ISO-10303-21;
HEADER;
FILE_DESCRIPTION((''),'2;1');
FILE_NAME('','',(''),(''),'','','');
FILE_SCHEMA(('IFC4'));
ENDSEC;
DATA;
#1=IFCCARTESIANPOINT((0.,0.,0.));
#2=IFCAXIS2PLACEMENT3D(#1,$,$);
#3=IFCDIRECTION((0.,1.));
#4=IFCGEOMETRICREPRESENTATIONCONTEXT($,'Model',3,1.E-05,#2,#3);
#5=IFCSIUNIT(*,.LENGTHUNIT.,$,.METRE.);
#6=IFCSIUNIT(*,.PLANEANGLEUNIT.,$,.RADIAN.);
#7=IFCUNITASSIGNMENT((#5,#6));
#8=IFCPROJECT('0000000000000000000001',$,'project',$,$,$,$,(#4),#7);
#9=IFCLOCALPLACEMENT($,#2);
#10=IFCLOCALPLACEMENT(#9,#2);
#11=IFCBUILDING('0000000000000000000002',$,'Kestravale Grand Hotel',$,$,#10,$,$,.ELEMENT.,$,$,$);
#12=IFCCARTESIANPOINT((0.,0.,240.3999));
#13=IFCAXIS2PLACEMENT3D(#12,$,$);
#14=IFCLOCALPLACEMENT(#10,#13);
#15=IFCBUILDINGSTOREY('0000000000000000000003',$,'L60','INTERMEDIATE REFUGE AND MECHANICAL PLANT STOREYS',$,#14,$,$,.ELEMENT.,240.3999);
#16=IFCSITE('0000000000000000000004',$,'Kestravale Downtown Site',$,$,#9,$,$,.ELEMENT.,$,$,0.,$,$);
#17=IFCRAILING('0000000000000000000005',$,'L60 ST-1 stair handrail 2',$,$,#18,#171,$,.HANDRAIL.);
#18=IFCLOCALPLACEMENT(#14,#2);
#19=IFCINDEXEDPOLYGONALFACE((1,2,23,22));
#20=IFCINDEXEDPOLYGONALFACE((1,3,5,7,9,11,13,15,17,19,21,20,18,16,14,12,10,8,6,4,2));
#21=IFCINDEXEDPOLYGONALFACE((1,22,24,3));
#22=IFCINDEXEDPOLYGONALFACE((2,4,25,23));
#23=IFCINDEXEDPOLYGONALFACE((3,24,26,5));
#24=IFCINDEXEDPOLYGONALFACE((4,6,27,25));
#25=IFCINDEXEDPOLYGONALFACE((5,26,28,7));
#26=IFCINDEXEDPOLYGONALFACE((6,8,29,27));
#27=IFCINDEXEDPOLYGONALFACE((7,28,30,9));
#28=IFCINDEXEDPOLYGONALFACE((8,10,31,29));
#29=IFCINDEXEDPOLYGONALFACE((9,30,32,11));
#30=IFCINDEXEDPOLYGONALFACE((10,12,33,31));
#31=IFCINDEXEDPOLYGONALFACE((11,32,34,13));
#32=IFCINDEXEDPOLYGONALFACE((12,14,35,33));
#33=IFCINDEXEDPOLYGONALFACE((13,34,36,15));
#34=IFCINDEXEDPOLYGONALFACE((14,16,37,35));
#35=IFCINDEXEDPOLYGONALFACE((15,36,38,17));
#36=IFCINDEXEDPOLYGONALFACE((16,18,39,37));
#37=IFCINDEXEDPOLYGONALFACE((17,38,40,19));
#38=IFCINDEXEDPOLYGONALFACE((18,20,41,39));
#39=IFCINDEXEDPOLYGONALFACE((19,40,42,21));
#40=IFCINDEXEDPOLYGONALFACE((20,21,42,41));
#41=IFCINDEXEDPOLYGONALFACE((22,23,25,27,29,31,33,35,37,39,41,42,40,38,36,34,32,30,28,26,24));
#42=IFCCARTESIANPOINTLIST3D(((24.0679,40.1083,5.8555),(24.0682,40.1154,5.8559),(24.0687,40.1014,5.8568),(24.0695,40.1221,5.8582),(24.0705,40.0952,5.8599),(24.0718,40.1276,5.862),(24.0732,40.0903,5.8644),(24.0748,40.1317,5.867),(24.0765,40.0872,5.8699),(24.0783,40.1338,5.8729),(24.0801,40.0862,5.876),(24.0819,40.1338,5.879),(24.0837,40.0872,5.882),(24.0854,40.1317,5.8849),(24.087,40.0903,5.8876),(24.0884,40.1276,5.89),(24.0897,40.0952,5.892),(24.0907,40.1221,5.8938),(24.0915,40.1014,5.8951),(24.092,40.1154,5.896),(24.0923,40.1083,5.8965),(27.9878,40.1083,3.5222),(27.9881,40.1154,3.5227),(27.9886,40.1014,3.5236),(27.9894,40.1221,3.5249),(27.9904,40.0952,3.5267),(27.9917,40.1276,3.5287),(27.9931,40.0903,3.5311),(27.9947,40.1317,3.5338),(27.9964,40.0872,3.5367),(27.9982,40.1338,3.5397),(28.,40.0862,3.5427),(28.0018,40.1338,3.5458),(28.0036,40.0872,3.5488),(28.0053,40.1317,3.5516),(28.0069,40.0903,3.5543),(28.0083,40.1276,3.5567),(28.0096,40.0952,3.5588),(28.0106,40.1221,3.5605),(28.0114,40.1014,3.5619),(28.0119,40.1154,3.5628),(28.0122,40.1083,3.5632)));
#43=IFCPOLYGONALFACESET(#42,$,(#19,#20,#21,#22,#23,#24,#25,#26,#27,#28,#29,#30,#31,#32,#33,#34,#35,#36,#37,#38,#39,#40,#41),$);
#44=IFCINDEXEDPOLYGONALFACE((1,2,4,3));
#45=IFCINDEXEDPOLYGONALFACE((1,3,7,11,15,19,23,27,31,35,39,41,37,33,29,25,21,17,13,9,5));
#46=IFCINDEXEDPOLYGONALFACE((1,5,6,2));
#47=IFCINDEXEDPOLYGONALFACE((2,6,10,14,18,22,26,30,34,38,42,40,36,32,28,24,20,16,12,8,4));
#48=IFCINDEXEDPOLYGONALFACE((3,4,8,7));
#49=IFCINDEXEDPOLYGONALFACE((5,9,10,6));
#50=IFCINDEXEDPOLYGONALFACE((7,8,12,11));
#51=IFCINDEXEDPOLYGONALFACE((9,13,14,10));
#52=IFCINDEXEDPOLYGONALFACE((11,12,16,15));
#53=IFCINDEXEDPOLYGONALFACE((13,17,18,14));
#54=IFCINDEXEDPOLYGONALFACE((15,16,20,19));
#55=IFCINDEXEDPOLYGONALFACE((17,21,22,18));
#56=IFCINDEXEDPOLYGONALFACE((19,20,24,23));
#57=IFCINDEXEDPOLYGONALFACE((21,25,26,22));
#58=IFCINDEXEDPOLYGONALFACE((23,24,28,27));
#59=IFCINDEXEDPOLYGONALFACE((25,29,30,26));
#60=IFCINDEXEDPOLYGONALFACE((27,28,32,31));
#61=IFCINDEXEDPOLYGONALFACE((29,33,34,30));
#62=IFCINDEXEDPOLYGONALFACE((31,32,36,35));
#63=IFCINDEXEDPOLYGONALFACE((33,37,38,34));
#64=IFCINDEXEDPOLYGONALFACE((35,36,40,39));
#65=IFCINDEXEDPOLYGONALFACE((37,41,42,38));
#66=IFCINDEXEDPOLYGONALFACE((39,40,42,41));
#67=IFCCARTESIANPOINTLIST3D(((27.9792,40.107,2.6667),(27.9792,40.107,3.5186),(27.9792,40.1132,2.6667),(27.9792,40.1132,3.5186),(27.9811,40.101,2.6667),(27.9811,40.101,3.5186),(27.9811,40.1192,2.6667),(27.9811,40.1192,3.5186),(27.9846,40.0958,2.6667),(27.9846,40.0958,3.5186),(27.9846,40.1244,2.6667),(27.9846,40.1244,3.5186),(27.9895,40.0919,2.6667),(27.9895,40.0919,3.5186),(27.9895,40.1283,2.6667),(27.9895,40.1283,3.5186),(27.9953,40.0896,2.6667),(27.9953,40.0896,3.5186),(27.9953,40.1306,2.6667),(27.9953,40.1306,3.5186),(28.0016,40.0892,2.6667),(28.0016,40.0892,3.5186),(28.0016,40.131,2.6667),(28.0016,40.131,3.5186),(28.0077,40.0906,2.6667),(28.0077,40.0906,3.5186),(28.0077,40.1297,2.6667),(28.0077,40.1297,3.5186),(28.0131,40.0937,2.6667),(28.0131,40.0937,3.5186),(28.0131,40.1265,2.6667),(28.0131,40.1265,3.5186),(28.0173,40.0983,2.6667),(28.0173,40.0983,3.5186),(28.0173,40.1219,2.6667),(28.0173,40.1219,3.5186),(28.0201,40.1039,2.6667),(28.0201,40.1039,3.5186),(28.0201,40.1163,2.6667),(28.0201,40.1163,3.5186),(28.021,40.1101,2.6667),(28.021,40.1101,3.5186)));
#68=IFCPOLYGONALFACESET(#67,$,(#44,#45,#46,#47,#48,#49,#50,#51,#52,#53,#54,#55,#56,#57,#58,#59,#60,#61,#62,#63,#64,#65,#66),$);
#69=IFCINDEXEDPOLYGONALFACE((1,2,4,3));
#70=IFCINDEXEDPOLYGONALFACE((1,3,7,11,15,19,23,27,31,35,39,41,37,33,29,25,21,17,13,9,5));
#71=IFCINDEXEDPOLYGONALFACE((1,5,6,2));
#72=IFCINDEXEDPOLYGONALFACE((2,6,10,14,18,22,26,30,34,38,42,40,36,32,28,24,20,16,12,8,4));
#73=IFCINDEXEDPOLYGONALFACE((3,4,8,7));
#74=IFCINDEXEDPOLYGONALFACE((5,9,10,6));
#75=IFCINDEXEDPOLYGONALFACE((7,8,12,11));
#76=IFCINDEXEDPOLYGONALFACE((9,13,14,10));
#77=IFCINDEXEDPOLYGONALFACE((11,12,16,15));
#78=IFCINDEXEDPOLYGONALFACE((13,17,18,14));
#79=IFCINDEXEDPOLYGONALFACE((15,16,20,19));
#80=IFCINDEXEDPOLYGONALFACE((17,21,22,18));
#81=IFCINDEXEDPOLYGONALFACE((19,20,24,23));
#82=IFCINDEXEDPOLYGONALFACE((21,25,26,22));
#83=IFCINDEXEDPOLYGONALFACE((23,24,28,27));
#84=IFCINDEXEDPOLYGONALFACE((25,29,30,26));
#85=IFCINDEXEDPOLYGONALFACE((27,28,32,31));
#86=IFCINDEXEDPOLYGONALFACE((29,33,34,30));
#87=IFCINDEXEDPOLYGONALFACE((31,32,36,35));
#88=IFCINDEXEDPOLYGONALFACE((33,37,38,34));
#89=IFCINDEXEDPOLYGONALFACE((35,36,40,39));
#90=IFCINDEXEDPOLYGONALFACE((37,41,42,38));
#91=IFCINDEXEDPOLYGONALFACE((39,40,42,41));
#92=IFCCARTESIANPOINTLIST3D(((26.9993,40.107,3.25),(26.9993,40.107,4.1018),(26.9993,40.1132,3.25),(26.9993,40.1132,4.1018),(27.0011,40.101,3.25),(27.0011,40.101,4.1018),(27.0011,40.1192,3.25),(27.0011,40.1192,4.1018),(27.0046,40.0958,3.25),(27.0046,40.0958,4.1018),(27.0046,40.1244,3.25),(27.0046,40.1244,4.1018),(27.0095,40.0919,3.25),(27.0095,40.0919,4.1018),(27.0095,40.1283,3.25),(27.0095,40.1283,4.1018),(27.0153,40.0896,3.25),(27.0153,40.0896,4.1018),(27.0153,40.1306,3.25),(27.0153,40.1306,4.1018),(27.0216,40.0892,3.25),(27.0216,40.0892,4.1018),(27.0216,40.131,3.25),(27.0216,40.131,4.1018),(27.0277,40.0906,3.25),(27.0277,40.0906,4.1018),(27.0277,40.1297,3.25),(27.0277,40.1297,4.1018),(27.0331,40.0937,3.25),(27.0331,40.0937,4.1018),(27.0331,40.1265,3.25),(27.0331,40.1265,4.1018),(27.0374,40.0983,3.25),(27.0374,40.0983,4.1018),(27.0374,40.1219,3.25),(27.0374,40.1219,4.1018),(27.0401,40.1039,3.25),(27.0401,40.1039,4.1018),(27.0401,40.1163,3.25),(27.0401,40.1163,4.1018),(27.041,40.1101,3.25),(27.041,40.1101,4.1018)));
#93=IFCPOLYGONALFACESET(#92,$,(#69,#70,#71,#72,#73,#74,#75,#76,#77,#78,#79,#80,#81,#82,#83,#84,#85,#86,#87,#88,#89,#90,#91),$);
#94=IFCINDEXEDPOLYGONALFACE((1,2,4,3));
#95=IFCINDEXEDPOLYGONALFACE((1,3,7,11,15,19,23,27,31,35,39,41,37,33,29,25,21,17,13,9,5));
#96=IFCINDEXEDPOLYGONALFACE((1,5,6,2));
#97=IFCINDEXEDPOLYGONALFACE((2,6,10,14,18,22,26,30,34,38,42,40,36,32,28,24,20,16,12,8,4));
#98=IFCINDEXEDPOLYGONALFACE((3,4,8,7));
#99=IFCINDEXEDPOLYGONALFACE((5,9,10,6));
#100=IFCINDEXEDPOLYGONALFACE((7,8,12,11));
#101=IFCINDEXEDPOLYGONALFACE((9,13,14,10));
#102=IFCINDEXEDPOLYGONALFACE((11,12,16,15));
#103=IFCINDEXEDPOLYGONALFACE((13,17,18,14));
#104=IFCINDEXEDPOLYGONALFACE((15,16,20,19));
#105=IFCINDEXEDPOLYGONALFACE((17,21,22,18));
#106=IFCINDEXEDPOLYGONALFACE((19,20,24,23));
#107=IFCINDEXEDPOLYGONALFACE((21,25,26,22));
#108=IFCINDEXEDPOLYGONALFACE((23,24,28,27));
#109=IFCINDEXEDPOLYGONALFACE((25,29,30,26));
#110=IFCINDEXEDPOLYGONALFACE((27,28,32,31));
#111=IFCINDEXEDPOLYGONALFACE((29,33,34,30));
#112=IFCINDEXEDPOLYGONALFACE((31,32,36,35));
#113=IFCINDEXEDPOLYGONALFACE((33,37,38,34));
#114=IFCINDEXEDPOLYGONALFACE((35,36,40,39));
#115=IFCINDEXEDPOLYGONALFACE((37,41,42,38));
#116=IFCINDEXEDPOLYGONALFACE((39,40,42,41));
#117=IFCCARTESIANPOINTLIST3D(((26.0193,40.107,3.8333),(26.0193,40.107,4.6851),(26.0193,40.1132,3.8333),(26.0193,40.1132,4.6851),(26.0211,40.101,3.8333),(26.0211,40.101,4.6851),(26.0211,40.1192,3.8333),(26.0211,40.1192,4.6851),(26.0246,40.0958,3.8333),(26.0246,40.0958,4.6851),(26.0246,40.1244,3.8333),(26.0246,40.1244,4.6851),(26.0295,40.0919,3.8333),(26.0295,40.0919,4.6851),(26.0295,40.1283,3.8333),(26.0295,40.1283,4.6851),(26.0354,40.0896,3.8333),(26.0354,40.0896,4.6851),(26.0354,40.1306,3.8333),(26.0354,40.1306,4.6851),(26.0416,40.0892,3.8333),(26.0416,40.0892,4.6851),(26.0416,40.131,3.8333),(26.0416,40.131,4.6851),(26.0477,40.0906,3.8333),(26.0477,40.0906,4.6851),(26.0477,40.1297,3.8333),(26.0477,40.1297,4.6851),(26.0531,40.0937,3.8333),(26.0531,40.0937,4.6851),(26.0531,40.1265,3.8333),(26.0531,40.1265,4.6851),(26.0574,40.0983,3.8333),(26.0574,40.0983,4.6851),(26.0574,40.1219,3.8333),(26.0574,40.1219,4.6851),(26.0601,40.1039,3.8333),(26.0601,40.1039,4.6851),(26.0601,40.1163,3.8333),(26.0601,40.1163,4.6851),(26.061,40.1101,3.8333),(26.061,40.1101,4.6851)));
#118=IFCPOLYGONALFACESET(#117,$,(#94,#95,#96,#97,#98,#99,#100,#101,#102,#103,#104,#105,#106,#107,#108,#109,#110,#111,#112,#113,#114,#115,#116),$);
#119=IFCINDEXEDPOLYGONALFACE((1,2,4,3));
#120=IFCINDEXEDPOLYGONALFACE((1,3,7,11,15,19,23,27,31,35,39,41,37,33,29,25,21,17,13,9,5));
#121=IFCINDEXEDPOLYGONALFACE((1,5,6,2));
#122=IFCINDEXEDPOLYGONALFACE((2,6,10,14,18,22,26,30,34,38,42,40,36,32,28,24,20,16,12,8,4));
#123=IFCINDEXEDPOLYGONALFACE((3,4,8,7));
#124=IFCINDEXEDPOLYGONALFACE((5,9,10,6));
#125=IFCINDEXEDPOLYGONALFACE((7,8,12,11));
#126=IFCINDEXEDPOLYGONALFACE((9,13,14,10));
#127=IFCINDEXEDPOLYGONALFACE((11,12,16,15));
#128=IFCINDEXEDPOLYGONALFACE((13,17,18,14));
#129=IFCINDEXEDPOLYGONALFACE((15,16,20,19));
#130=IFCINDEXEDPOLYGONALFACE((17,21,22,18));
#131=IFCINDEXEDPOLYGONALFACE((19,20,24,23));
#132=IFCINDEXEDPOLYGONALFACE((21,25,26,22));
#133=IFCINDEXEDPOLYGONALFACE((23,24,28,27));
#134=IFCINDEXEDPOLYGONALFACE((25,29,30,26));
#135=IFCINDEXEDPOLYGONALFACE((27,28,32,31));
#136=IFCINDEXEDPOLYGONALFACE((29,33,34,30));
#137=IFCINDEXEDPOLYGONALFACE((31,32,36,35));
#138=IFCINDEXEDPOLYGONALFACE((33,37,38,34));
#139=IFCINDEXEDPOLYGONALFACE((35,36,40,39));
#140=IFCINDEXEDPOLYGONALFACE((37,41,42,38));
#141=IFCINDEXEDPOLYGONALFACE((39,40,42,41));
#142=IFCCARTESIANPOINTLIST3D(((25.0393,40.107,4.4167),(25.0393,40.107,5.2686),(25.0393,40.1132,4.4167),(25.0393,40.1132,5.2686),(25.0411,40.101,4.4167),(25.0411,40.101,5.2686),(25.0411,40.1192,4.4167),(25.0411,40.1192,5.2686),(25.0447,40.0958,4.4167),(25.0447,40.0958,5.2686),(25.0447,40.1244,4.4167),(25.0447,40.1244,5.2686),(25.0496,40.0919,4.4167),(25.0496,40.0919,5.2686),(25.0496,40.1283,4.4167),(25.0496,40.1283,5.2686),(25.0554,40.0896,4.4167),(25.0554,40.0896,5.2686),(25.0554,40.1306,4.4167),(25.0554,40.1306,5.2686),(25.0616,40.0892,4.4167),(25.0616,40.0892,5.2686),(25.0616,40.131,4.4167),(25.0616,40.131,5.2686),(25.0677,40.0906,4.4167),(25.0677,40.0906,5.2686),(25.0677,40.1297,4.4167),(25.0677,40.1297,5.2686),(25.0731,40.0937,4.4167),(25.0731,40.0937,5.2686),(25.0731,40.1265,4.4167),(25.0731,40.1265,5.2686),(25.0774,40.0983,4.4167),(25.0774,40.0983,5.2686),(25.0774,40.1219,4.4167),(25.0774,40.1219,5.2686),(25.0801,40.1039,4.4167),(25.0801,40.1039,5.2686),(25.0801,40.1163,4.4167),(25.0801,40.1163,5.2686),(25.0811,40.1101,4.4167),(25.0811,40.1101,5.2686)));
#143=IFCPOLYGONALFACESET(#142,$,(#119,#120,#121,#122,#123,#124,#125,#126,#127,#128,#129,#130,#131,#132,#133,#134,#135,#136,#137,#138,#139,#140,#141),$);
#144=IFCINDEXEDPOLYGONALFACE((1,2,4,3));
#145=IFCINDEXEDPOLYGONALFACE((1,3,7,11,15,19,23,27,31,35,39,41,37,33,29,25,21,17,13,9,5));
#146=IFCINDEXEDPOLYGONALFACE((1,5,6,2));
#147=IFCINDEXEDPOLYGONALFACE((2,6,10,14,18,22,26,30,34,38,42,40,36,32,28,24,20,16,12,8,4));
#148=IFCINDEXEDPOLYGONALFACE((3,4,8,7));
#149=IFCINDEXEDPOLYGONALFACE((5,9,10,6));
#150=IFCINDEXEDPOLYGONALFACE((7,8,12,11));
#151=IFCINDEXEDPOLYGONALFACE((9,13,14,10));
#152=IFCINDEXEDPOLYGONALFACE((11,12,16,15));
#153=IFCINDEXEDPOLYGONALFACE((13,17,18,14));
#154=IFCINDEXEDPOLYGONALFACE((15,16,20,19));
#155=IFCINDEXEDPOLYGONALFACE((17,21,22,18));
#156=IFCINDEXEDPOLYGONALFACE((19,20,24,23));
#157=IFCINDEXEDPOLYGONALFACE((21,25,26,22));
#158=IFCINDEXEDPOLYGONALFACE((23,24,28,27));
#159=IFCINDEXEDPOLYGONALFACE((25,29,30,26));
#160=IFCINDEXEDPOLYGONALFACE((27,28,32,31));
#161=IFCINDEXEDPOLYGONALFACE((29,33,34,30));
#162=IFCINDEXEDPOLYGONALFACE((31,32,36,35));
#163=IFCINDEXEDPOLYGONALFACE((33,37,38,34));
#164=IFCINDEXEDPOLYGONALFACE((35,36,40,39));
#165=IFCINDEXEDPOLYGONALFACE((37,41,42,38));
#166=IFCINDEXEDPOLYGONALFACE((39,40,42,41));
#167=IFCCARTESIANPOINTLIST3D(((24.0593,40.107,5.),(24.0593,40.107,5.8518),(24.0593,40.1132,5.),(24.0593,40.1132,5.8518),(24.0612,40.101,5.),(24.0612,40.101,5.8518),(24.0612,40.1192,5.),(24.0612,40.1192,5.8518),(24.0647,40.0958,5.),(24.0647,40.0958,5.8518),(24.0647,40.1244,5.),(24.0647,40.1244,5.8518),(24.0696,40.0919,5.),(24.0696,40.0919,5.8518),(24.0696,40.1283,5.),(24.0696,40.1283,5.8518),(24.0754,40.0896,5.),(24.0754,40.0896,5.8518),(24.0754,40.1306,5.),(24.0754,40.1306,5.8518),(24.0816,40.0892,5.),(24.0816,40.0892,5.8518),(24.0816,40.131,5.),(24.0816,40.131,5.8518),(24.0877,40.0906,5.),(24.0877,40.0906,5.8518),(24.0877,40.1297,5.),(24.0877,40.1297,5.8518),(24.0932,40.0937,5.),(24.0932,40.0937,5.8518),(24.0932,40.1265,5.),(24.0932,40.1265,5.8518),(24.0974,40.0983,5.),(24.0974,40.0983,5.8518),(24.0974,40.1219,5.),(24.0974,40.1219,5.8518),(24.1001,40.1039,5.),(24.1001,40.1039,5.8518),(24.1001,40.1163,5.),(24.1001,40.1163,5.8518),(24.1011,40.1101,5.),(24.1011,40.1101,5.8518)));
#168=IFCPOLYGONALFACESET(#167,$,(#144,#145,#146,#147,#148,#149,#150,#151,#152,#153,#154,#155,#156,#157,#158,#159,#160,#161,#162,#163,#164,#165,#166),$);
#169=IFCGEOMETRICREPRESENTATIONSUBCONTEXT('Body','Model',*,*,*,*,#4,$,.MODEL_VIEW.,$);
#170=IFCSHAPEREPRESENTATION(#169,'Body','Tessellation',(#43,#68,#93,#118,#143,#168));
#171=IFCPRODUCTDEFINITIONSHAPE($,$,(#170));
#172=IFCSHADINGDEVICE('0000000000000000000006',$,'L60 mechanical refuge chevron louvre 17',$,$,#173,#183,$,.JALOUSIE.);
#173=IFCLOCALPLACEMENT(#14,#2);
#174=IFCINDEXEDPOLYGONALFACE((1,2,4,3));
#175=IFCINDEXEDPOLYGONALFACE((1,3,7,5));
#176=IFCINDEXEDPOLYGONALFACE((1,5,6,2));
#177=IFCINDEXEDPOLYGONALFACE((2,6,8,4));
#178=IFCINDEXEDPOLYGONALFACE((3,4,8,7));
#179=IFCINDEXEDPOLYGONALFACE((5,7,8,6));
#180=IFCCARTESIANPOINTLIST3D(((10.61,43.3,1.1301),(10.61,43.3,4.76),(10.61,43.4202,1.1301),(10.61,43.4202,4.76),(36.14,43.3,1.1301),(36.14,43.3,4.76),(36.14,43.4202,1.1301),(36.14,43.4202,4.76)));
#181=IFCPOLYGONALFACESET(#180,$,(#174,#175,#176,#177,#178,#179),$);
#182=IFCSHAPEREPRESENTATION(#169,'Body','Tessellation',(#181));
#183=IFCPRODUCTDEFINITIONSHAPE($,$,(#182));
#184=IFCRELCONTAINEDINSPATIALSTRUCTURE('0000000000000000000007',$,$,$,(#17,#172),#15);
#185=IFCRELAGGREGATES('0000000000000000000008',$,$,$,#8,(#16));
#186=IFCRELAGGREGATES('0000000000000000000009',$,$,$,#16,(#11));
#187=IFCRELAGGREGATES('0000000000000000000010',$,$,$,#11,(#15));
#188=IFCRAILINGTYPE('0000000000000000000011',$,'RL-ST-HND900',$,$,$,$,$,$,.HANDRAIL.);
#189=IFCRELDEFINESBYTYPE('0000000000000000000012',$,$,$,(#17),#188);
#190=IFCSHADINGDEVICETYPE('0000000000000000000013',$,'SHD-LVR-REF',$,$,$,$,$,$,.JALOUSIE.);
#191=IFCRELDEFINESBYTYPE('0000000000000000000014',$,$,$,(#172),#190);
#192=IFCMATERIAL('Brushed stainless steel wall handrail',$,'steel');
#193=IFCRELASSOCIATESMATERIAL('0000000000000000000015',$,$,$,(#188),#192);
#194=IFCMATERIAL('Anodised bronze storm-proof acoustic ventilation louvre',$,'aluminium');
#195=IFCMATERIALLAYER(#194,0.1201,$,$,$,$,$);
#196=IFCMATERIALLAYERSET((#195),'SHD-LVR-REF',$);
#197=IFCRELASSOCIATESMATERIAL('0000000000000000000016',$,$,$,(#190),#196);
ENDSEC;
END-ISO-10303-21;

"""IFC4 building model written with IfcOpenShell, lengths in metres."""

from ifc_helpers import new_model, si_unit, direction, frame, origin, origin_2d, place, context, subcontext, project, spatial, rectangle, circle, extrude, material, layer, layer_set, type_object, element, save


model = new_model("IFC4")

# Units and contexts
model_context = context("Model", 3, precision=1e-05, world=origin(), true_north=direction((0.0, 1.0)))
body_context = subcontext(model_context, "Body", "Model", "MODEL_VIEW")
ifc_project = project(units=[si_unit("LENGTHUNIT", "METRE"), si_unit("PLANEANGLEUNIT", "RADIAN")], contexts=[model_context])

# Site, building, storey
site_placement = place(None, origin())
site = spatial("IfcSite", under=ifc_project, at=site_placement, Name="Kestravale Downtown Site", CompositionType="ELEMENT", RefElevation=0.0)
building_placement = place(site_placement, origin())
building = spatial("IfcBuilding", under=site, at=building_placement, Name="Kestravale Grand Hotel", CompositionType="ELEMENT")
storey_placement = place(building_placement, frame((0.0, 0.0, 240.3999)))
storey = spatial("IfcBuildingStorey", under=building, at=storey_placement, Name="L60", Description="INTERMEDIATE REFUGE AND MECHANICAL PLANT STOREYS", CompositionType="ELEMENT", Elevation=240.3999)

# Railing
ifc_material_1 = material(Name="Brushed stainless steel wall handrail", Category="steel")
railing_type_1 = type_object("IfcRailingType", Name="RL-ST-HND900", PredefinedType="HANDRAIL", material=ifc_material_1)
railing_1_placement = place(storey_placement, frame((28.0, 40.1101, 2.6667)))
element("IfcRailing", 1, at=railing_1_placement, inside=storey, type_object=railing_type_1, Name="L60 ST-1 stair handrail 2", PredefinedType="HANDRAIL", context=body_context, shape_type="SweptSolid", body=[
    extrude(circle(Radius=0.0239, at=origin_2d()), frame((0.0, 0.0, 0.876), z_axis=(-0.859296, 0.0, 0.511478), x_axis=(0.0, -1.0, 0.0)), (0.0, 0.0, 1.0), 4.5618),
    extrude(circle(Radius=0.021, at=origin_2d()), origin(), (0.0, 0.0, 1.0), 0.8518),
    extrude(circle(Radius=0.021, at=origin_2d()), frame((-0.98, 0.0, 0.5833)), (0.0, 0.0, 1.0), 0.8518),
    extrude(circle(Radius=0.021, at=origin_2d()), frame((-1.96, 0.0, 1.1665)), (0.0, 0.0, 1.0), 0.8518),
    extrude(circle(Radius=0.021, at=origin_2d()), frame((-2.9399, 0.0, 1.75)), (0.0, 0.0, 1.0), 0.8518),
    extrude(circle(Radius=0.021, at=origin_2d()), frame((-3.9199, 0.0, 2.3333)), (0.0, 0.0, 1.0), 0.8518),
])

# Shading device
ifc_material_2 = material(Name="Anodised bronze storm-proof acoustic ventilation louvre", Category="aluminium")
ifc_layer_1 = layer(ifc_material_2, 0.1201)
ifc_layer_set_1 = layer_set([ifc_layer_1], Name="SHD-LVR-REF")
shading_device_type = type_object("IfcShadingDeviceType", Name="SHD-LVR-REF", PredefinedType="JALOUSIE", material=ifc_layer_set_1)
shading_device_placement = place(storey_placement, frame((23.375, 43.3601, 1.1301), z_axis=(0.0, 0.0, 1.0), x_axis=(-1.0, 0.0, 0.0)))
element("IfcShadingDevice", 2, at=shading_device_placement, inside=storey, type_object=shading_device_type, Name="L60 mechanical refuge chevron louvre 17", PredefinedType="JALOUSIE", context=body_context, shape_type="SweptSolid", body=[
    extrude(rectangle(XDim=25.53, YDim=0.1201, at=origin_2d()), origin(), (0.0, 0.0, 1.0), 3.6299),
])

save(model, "model.ifc")
